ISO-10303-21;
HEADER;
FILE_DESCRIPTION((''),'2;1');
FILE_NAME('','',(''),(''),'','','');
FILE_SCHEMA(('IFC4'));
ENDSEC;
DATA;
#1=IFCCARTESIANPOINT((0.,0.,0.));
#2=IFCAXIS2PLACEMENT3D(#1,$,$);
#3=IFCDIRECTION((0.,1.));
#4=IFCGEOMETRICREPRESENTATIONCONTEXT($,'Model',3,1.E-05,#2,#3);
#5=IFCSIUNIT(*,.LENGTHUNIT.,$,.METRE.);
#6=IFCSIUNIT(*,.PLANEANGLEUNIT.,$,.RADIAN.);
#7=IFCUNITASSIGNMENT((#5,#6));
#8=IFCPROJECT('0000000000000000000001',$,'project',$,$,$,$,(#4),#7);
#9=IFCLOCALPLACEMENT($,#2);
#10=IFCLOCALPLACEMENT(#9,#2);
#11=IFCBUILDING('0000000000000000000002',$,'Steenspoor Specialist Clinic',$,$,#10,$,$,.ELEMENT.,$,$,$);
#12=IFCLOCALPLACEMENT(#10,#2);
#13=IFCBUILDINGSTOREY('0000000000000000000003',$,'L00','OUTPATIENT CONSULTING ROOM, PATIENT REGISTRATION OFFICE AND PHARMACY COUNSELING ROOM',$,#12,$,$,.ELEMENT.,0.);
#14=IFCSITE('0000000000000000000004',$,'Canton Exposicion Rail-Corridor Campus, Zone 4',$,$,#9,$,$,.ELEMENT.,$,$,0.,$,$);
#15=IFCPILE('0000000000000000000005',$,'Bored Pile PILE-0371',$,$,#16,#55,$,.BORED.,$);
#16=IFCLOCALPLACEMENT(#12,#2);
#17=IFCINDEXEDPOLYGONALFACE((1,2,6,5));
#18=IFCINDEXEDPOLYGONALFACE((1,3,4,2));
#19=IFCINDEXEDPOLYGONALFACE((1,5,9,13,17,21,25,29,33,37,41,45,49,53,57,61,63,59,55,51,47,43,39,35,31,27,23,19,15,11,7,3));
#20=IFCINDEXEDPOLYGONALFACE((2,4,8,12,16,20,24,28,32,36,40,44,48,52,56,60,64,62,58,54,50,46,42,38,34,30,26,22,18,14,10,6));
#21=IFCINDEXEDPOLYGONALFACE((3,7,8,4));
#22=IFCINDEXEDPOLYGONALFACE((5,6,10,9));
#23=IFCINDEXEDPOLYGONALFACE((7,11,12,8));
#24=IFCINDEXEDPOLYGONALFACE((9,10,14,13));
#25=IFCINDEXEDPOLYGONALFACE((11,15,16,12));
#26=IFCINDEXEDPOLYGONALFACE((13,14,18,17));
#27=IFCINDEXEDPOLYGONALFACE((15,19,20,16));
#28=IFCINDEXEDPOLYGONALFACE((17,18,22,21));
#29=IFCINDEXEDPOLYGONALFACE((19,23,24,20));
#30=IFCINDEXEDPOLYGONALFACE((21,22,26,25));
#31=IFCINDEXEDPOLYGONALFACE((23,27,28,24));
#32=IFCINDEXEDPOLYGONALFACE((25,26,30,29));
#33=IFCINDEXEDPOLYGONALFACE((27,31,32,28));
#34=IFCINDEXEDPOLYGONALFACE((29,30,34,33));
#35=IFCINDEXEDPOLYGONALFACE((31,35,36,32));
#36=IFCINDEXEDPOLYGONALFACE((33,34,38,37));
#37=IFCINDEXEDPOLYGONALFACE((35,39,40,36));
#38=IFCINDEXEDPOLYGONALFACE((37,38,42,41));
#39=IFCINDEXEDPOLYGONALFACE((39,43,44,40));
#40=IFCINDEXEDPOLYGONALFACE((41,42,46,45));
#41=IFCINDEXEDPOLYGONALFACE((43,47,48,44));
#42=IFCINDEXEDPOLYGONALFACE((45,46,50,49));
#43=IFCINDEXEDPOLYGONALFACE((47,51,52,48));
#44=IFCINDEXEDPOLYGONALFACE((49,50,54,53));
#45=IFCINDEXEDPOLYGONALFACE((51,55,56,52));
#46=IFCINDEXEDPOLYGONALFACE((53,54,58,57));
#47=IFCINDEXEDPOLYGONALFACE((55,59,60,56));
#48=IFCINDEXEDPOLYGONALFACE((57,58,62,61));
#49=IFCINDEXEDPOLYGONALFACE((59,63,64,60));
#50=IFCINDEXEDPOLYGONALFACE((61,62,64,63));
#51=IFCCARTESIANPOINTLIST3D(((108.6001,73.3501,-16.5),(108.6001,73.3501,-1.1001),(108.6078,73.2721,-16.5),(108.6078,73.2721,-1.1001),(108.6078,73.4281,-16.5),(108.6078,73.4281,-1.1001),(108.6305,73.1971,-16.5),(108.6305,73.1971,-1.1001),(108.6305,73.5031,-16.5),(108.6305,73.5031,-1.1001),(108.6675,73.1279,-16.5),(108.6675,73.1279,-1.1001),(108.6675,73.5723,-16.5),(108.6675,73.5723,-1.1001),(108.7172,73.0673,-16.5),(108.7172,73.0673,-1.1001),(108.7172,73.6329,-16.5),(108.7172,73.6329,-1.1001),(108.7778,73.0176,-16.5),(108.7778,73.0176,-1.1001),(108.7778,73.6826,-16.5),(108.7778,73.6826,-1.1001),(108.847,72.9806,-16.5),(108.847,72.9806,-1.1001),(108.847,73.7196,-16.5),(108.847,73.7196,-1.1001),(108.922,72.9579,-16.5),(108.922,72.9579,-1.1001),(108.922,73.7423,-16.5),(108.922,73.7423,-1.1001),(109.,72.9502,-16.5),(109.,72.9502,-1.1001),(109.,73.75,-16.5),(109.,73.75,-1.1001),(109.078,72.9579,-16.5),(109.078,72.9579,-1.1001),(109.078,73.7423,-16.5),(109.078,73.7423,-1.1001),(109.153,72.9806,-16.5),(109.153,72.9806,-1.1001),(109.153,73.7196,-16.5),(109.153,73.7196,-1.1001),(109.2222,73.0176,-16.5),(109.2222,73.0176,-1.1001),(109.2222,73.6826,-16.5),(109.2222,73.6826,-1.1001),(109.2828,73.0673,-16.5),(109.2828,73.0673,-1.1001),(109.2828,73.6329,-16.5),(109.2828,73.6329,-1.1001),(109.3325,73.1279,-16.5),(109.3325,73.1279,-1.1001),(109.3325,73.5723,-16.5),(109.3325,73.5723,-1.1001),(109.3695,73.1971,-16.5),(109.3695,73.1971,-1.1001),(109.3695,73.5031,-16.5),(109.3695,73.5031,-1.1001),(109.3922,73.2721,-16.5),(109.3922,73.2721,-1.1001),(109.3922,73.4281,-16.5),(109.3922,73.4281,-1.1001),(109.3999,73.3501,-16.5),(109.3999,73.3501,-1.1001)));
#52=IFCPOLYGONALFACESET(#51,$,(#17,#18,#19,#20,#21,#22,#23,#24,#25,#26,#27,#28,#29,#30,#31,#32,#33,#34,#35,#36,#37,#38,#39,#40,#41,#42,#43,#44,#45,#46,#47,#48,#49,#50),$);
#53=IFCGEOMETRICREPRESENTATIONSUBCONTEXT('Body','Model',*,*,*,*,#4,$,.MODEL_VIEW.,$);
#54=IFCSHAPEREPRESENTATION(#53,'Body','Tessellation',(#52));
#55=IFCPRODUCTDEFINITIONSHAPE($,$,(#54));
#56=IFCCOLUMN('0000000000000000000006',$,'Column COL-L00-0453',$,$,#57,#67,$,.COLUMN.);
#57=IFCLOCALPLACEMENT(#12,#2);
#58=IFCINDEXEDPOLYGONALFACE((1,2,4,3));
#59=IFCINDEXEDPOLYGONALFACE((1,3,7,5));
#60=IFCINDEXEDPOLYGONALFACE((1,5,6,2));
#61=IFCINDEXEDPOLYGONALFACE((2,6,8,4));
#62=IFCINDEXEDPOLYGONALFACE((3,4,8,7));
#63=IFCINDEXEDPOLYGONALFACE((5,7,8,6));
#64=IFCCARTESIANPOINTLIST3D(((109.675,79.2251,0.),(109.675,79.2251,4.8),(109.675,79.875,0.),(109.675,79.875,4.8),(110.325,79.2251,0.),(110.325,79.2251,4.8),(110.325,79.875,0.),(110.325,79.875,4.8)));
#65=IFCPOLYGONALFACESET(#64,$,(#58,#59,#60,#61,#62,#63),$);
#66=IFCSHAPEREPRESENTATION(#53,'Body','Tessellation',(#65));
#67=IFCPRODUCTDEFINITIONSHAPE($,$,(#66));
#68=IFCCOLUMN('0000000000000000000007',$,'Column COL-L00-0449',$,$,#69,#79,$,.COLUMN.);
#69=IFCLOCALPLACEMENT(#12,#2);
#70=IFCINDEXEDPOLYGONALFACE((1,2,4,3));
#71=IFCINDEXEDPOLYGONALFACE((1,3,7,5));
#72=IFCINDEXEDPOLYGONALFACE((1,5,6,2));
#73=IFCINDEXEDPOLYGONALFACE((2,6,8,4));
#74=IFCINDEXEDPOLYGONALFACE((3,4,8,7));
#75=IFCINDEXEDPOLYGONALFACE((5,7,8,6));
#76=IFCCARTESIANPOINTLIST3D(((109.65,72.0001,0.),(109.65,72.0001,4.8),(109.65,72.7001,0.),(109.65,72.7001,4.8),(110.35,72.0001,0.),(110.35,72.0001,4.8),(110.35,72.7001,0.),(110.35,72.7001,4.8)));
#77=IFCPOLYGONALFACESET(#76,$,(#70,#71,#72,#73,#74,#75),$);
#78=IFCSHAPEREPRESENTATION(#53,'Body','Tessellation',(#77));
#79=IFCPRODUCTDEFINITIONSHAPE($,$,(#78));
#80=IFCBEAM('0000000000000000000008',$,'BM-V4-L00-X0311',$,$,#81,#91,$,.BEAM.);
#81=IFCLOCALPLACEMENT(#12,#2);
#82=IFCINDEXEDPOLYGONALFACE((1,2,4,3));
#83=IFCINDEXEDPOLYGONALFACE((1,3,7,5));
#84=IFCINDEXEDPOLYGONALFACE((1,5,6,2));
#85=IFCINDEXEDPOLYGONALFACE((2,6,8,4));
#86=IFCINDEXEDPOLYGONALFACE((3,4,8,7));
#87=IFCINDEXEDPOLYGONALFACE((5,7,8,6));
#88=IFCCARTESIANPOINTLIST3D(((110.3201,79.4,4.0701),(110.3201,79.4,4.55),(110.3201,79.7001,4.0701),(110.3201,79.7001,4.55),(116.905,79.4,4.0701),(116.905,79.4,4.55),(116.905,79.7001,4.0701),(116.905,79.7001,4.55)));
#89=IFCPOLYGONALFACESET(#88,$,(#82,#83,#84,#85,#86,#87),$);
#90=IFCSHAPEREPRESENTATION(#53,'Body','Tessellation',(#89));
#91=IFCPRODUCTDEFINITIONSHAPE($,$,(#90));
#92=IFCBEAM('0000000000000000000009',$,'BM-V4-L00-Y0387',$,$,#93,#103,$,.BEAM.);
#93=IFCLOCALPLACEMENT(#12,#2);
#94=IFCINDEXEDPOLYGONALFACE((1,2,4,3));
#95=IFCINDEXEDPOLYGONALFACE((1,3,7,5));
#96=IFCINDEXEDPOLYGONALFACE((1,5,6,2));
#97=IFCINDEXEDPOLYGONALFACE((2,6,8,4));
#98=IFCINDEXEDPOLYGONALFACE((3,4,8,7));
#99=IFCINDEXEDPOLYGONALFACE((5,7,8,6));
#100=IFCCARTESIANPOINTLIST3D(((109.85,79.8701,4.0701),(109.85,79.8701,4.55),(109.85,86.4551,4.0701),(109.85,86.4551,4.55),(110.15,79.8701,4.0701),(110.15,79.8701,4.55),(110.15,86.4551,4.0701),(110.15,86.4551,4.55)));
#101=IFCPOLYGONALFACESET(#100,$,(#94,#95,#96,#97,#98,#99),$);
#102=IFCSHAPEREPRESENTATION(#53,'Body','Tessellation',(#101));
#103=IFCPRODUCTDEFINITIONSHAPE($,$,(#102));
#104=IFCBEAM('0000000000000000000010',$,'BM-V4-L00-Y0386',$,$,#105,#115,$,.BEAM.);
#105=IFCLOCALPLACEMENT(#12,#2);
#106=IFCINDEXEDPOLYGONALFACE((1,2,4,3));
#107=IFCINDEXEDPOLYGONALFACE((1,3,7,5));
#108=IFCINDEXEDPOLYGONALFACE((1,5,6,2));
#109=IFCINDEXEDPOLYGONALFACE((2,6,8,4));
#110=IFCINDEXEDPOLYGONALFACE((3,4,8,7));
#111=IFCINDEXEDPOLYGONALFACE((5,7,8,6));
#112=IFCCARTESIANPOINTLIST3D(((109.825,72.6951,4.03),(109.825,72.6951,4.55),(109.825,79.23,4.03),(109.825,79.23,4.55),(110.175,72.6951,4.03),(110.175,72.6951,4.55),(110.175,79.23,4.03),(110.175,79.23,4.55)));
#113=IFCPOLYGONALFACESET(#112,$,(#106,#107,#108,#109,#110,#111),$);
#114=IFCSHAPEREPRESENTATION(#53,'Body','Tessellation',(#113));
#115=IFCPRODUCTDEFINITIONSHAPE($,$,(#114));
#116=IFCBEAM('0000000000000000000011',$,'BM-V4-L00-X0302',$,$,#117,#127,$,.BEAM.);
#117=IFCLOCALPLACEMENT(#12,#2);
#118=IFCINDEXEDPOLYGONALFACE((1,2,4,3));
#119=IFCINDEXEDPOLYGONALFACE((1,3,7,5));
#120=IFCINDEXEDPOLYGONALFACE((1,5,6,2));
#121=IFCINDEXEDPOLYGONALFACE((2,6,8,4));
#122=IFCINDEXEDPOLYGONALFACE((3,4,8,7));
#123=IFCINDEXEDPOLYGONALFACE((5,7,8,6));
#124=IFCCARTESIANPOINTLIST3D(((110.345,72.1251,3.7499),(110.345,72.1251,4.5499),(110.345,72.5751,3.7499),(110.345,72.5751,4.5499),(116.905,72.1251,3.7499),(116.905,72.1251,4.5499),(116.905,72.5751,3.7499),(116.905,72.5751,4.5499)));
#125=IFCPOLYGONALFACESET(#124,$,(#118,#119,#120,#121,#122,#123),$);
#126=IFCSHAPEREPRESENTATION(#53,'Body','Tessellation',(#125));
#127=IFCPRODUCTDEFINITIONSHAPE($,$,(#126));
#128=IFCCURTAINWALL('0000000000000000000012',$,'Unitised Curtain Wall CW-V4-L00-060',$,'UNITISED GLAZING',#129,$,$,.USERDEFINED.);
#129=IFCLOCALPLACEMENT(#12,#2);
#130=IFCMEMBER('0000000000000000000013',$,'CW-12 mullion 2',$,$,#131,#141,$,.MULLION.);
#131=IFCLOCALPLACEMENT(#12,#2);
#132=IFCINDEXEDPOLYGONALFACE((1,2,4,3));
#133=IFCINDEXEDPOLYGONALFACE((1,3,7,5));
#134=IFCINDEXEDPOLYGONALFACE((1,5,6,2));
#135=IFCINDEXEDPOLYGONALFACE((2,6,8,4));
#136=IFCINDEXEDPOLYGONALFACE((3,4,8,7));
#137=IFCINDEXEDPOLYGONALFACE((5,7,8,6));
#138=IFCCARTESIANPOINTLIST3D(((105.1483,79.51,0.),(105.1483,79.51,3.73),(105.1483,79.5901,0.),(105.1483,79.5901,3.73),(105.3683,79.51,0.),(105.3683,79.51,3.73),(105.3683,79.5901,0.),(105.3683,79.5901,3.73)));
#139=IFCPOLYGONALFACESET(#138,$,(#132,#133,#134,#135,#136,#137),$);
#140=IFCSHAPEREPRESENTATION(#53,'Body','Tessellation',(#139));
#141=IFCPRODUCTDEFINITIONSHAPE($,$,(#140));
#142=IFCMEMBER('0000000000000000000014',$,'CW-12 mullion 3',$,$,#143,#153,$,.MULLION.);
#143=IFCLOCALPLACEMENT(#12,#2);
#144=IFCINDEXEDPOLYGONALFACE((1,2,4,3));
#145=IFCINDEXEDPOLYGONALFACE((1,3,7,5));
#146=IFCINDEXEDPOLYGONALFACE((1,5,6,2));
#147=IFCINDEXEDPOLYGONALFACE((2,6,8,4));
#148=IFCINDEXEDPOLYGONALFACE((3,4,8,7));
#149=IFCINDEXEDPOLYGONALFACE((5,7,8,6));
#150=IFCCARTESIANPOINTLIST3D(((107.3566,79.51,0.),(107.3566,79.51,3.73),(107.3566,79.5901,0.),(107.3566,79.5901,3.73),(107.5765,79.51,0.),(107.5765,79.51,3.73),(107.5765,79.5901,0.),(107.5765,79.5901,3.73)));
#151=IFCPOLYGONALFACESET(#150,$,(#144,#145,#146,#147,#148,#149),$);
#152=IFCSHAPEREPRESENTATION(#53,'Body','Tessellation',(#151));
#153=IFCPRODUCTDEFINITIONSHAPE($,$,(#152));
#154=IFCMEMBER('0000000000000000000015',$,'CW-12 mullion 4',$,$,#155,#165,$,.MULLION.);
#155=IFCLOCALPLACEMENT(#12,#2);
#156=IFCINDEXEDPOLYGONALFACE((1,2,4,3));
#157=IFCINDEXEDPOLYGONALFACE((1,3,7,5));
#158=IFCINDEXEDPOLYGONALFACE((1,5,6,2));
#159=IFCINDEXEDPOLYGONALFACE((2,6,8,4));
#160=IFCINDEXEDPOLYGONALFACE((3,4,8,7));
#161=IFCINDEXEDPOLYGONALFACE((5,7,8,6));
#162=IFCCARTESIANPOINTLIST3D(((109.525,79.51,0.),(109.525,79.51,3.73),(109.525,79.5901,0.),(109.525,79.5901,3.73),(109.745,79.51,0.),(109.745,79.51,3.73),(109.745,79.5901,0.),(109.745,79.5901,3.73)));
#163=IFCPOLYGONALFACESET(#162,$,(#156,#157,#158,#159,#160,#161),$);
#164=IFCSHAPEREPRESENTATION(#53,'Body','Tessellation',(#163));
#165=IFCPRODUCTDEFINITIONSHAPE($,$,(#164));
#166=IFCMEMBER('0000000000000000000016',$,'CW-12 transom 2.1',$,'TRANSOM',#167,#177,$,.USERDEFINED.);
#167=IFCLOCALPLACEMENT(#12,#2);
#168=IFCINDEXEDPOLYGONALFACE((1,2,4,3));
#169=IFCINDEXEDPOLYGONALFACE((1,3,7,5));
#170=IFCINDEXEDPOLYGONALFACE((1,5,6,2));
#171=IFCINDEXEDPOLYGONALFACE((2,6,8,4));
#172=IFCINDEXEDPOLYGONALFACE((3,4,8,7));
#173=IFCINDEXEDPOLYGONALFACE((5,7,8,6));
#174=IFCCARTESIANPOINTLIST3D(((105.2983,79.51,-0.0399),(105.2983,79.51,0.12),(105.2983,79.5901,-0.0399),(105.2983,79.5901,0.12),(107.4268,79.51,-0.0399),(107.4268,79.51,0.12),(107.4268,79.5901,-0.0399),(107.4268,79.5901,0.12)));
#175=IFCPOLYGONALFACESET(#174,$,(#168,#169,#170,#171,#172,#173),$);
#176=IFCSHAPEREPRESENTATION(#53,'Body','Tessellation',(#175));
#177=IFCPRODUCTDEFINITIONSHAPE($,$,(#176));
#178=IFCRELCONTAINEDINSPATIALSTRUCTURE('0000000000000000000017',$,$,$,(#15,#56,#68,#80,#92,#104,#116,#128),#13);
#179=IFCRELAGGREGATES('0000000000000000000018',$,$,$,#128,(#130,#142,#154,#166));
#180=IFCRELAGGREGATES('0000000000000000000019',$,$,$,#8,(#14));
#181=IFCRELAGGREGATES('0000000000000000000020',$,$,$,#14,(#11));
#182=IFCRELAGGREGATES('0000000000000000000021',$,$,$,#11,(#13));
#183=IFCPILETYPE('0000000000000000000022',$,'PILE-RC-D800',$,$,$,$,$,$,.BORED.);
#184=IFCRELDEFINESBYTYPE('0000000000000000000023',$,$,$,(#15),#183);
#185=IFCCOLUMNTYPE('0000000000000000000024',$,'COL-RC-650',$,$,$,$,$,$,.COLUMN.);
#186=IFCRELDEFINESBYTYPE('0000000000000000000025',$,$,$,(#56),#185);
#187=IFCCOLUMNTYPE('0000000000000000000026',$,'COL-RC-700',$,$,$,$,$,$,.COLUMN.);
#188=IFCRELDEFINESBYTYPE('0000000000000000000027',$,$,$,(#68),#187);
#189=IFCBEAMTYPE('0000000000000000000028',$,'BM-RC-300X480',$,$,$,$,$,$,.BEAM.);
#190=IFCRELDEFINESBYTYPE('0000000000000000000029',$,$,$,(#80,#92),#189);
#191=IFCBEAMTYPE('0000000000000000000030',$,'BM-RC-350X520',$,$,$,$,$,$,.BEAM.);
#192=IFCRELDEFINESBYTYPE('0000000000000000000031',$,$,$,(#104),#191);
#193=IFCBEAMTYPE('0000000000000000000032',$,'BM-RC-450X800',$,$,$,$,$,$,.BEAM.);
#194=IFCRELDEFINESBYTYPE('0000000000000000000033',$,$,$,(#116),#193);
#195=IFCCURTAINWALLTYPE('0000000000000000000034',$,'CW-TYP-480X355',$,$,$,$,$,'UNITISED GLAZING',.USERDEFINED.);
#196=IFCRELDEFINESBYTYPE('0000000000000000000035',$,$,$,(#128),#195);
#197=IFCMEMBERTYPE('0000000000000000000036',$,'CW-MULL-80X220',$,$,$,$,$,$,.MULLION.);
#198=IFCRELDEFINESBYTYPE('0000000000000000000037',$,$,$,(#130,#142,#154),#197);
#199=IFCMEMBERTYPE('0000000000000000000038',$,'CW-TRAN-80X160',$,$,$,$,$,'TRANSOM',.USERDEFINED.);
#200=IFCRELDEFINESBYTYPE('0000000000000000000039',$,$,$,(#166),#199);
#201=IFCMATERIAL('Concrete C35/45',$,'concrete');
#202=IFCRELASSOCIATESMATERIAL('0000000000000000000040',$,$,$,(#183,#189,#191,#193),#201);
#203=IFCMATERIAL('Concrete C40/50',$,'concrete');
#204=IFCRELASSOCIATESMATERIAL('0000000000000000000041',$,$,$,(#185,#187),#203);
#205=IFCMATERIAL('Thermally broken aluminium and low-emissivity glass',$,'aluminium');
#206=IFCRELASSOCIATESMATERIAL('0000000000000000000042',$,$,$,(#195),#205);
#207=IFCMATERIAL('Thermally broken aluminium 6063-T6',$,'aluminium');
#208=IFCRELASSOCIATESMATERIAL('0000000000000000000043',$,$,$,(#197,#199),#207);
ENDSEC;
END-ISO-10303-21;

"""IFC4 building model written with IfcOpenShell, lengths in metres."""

from ifc_helpers import new_model, si_unit, direction, frame, origin, origin_2d, place, context, subcontext, project, spatial, rectangle, circle, extrude, material, material_profile, profile_set, type_object, element, aggregate, save


model = new_model("IFC4")

# Units and contexts
model_context = context("Model", 3, precision=1e-05, world=origin(), true_north=direction((0.0, 1.0)))
body_context = subcontext(model_context, "Body", "Model", "MODEL_VIEW")
ifc_project = project(units=[si_unit("LENGTHUNIT", "METRE"), si_unit("PLANEANGLEUNIT", "RADIAN")], contexts=[model_context])

# Site, building, storey
site_placement = place(None, origin())
site = spatial("IfcSite", under=ifc_project, at=site_placement, Name="Canton Exposicion Rail-Corridor Campus, Zone 4", CompositionType="ELEMENT", RefElevation=0.0)
building_placement = place(site_placement, origin())
building = spatial("IfcBuilding", under=site, at=building_placement, Name="Steenspoor Specialist Clinic", CompositionType="ELEMENT")
storey_placement = place(building_placement, origin())
storey = spatial("IfcBuildingStorey", under=building, at=storey_placement, Name="L00", Description="OUTPATIENT CONSULTING ROOM, PATIENT REGISTRATION OFFICE AND PHARMACY COUNSELING ROOM", CompositionType="ELEMENT", Elevation=0.0)

# Shared definitions
ifc_material_1 = material(Name="Concrete C35/45", Category="concrete")

# Pile
ifc_material_profile_1 = material_profile(ifc_material_1, circle(Radius=0.3999, at=origin_2d()), Name="PILE-D800")
ifc_profile_set_1 = profile_set([ifc_material_profile_1], Name="Concrete C35/45")
pile_type_1 = type_object("IfcPileType", Name="PILE-RC-D800", PredefinedType="BORED", material=ifc_profile_set_1)
for number, where, z_axis, x_axis, name in (
    (1, (109.0, 73.3501, -1.1001), (0.0, 0.0, -1.0), (1.0, 0.0, 0.0), "Bored Pile PILE-0371"),
):
    element("IfcPile", number, at=place(storey_placement, frame(where, z_axis=z_axis, x_axis=x_axis)), inside=storey, type_object=pile_type_1, Name=name, PredefinedType="BORED", context=body_context, shape_type="SweptSolid", body=[
        extrude(circle(Radius=0.3999, at=origin_2d()), origin(), (0.0, 0.0, 1.0), 15.3999),
    ])

# Columns
ifc_material_2 = material(Name="Concrete C40/50", Category="concrete")
ifc_material_profile_2 = material_profile(ifc_material_2, rectangle(XDim=0.6499, YDim=0.6499, at=origin_2d()), Name="RC-COL-650X650")
ifc_profile_set_2 = profile_set([ifc_material_profile_2], Name="Concrete C40/50")
column_type_1 = type_object("IfcColumnType", Name="COL-RC-650", PredefinedType="COLUMN", material=ifc_profile_set_2)
column_1_placement = place(storey_placement, frame((110.0, 79.55, 0.0), z_axis=(0.0, 0.0, 1.0), x_axis=(1.0, 0.0, 0.0)))
element("IfcColumn", 2, at=column_1_placement, inside=storey, type_object=column_type_1, Name="Column COL-L00-0453", PredefinedType="COLUMN", context=body_context, shape_type="SweptSolid", body=[
    extrude(rectangle(XDim=0.6499, YDim=0.6499, at=origin_2d()), origin(), (0.0, 0.0, 1.0), 4.8),
])
ifc_material_profile_3 = material_profile(ifc_material_2, rectangle(XDim=0.7, YDim=0.7, at=origin_2d()), Name="RC-COL-700X700")
ifc_profile_set_3 = profile_set([ifc_material_profile_3], Name="Concrete C40/50")
column_type_2 = type_object("IfcColumnType", Name="COL-RC-700", PredefinedType="COLUMN", material=ifc_profile_set_3)
column_2_placement = place(storey_placement, frame((110.0, 72.3501, 0.0), z_axis=(0.0, 0.0, 1.0), x_axis=(1.0, 0.0, 0.0)))
element("IfcColumn", 3, at=column_2_placement, inside=storey, type_object=column_type_2, Name="Column COL-L00-0449", PredefinedType="COLUMN", context=body_context, shape_type="SweptSolid", body=[
    extrude(rectangle(XDim=0.7, YDim=0.7, at=origin_2d()), origin(), (0.0, 0.0, 1.0), 4.8),
])

# Beams
ifc_material_profile_4 = material_profile(ifc_material_1, rectangle(XDim=0.3, YDim=0.48, at=origin_2d()), Name="RC-BM-300X480")
ifc_profile_set_4 = profile_set([ifc_material_profile_4], Name="Concrete C35/45")
beam_type_1 = type_object("IfcBeamType", Name="BM-RC-300X480", PredefinedType="BEAM", material=ifc_profile_set_4)
for number, where, z_axis, x_axis, name in (
    (4, (110.3201, 79.55, 4.3101), (1.0, 0.0, 0.0), (0.0, 1.0, 0.0), "BM-V4-L00-X0311"),
    (5, (110.0, 79.8701, 4.3101), (0.0, 1.0, 0.0), (-1.0, 0.0, 0.0), "BM-V4-L00-Y0387"),
):
    element("IfcBeam", number, at=place(storey_placement, frame(where, z_axis=z_axis, x_axis=x_axis)), inside=storey, type_object=beam_type_1, Name=name, PredefinedType="BEAM", context=body_context, shape_type="SweptSolid", body=[
        extrude(rectangle(XDim=0.3, YDim=0.48, at=origin_2d()), origin(), (0.0, 0.0, 1.0), 6.585),
    ])
ifc_material_profile_5 = material_profile(ifc_material_1, rectangle(XDim=0.3501, YDim=0.52, at=origin_2d()), Name="RC-BM-350X520")
ifc_profile_set_5 = profile_set([ifc_material_profile_5], Name="Concrete C35/45")
beam_type_2 = type_object("IfcBeamType", Name="BM-RC-350X520", PredefinedType="BEAM", material=ifc_profile_set_5)
beam_1_placement = place(storey_placement, frame((110.0, 72.6951, 4.29), z_axis=(0.0, 1.0, 0.0), x_axis=(-1.0, 0.0, 0.0)))
element("IfcBeam", 6, at=beam_1_placement, inside=storey, type_object=beam_type_2, Name="BM-V4-L00-Y0386", PredefinedType="BEAM", context=body_context, shape_type="SweptSolid", body=[
    extrude(rectangle(XDim=0.3501, YDim=0.52, at=origin_2d()), origin(), (0.0, 0.0, 1.0), 6.5349),
])
ifc_material_profile_6 = material_profile(ifc_material_1, rectangle(XDim=0.45, YDim=0.8, at=origin_2d()), Name="RC-BM-450X800")
ifc_profile_set_6 = profile_set([ifc_material_profile_6], Name="Concrete C35/45")
beam_type_3 = type_object("IfcBeamType", Name="BM-RC-450X800", PredefinedType="BEAM", material=ifc_profile_set_6)
beam_2_placement = place(storey_placement, frame((110.345, 72.3501, 4.1499), z_axis=(1.0, 0.0, 0.0), x_axis=(0.0, 1.0, 0.0)))
element("IfcBeam", 7, at=beam_2_placement, inside=storey, type_object=beam_type_3, Name="BM-V4-L00-X0302", PredefinedType="BEAM", context=body_context, shape_type="SweptSolid", body=[
    extrude(rectangle(XDim=0.45, YDim=0.8, at=origin_2d()), origin(), (0.0, 0.0, 1.0), 6.5601),
])

# Curtain wall, members
ifc_material_3 = material(Name="Thermally broken aluminium and low-emissivity glass", Category="aluminium")
curtain_wall_type = type_object("IfcCurtainWallType", Name="CW-TYP-480X355", ElementType="UNITISED GLAZING", PredefinedType="USERDEFINED", material=ifc_material_3)
curtain_wall_placement = place(storey_placement, origin())
curtain_wall = element("IfcCurtainWall", 8, at=curtain_wall_placement, inside=storey, type_object=curtain_wall_type, Name="Unitised Curtain Wall CW-V4-L00-060", ObjectType="UNITISED GLAZING", PredefinedType="USERDEFINED")
ifc_material_4 = material(Name="Thermally broken aluminium 6063-T6", Category="aluminium")
ifc_material_profile_7 = material_profile(ifc_material_4, rectangle(XDim=0.0801, YDim=0.22, at=origin_2d()), Name="CWM-80X220")
ifc_profile_set_7 = profile_set([ifc_material_profile_7], Name="Thermally broken aluminium 6063-T6")
member_type_1 = type_object("IfcMemberType", Name="CW-MULL-80X220", PredefinedType="MULLION", material=ifc_profile_set_7)
member_1_placement = place(storey_placement, frame((105.2583, 79.55, 0.0), z_axis=(0.0, 0.0, 1.0), x_axis=(0.0, 1.0, 0.0)))
member_1 = element("IfcMember", 9, at=member_1_placement, type_object=member_type_1, Name="CW-12 mullion 2", PredefinedType="MULLION", context=body_context, shape_type="SweptSolid", body=[
    extrude(rectangle(XDim=0.0801, YDim=0.22, at=origin_2d()), origin(), (0.0, 0.0, 1.0), 3.73),
])
member_2_placement = place(storey_placement, frame((107.4666, 79.55, 0.0), z_axis=(0.0, 0.0, 1.0), x_axis=(0.0, 1.0, 0.0)))
member_2 = element("IfcMember", 10, at=member_2_placement, type_object=member_type_1, Name="CW-12 mullion 3", PredefinedType="MULLION", context=body_context, shape_type="SweptSolid", body=[
    extrude(rectangle(XDim=0.0801, YDim=0.22, at=origin_2d()), origin(), (0.0, 0.0, 1.0), 3.73),
])
member_3_placement = place(storey_placement, frame((109.635, 79.55, 0.0), z_axis=(0.0, 0.0, 1.0), x_axis=(0.0, 1.0, 0.0)))
member_3 = element("IfcMember", 11, at=member_3_placement, type_object=member_type_1, Name="CW-12 mullion 4", PredefinedType="MULLION", context=body_context, shape_type="SweptSolid", body=[
    extrude(rectangle(XDim=0.0801, YDim=0.22, at=origin_2d()), origin(), (0.0, 0.0, 1.0), 3.73),
])
ifc_material_profile_8 = material_profile(ifc_material_4, rectangle(XDim=0.0801, YDim=0.1599, at=origin_2d()), Name="CWT-80X160")
ifc_profile_set_8 = profile_set([ifc_material_profile_8], Name="Thermally broken aluminium 6063-T6")
member_type_2 = type_object("IfcMemberType", Name="CW-TRAN-80X160", ElementType="TRANSOM", PredefinedType="USERDEFINED", material=ifc_profile_set_8)
member_4_placement = place(storey_placement, frame((105.2983, 79.55, 0.04), z_axis=(1.0, 0.0, 0.0), x_axis=(0.0, 1.0, 0.0)))
member_4 = element("IfcMember", 12, at=member_4_placement, type_object=member_type_2, Name="CW-12 transom 2.1", ObjectType="TRANSOM", PredefinedType="USERDEFINED", context=body_context, shape_type="SweptSolid", body=[
    extrude(rectangle(XDim=0.0801, YDim=0.1599, at=origin_2d()), origin(), (0.0, 0.0, 1.0), 2.1284),
])

aggregate(curtain_wall, [member_1, member_2, member_3, member_4])

save(model, "model.ifc")
